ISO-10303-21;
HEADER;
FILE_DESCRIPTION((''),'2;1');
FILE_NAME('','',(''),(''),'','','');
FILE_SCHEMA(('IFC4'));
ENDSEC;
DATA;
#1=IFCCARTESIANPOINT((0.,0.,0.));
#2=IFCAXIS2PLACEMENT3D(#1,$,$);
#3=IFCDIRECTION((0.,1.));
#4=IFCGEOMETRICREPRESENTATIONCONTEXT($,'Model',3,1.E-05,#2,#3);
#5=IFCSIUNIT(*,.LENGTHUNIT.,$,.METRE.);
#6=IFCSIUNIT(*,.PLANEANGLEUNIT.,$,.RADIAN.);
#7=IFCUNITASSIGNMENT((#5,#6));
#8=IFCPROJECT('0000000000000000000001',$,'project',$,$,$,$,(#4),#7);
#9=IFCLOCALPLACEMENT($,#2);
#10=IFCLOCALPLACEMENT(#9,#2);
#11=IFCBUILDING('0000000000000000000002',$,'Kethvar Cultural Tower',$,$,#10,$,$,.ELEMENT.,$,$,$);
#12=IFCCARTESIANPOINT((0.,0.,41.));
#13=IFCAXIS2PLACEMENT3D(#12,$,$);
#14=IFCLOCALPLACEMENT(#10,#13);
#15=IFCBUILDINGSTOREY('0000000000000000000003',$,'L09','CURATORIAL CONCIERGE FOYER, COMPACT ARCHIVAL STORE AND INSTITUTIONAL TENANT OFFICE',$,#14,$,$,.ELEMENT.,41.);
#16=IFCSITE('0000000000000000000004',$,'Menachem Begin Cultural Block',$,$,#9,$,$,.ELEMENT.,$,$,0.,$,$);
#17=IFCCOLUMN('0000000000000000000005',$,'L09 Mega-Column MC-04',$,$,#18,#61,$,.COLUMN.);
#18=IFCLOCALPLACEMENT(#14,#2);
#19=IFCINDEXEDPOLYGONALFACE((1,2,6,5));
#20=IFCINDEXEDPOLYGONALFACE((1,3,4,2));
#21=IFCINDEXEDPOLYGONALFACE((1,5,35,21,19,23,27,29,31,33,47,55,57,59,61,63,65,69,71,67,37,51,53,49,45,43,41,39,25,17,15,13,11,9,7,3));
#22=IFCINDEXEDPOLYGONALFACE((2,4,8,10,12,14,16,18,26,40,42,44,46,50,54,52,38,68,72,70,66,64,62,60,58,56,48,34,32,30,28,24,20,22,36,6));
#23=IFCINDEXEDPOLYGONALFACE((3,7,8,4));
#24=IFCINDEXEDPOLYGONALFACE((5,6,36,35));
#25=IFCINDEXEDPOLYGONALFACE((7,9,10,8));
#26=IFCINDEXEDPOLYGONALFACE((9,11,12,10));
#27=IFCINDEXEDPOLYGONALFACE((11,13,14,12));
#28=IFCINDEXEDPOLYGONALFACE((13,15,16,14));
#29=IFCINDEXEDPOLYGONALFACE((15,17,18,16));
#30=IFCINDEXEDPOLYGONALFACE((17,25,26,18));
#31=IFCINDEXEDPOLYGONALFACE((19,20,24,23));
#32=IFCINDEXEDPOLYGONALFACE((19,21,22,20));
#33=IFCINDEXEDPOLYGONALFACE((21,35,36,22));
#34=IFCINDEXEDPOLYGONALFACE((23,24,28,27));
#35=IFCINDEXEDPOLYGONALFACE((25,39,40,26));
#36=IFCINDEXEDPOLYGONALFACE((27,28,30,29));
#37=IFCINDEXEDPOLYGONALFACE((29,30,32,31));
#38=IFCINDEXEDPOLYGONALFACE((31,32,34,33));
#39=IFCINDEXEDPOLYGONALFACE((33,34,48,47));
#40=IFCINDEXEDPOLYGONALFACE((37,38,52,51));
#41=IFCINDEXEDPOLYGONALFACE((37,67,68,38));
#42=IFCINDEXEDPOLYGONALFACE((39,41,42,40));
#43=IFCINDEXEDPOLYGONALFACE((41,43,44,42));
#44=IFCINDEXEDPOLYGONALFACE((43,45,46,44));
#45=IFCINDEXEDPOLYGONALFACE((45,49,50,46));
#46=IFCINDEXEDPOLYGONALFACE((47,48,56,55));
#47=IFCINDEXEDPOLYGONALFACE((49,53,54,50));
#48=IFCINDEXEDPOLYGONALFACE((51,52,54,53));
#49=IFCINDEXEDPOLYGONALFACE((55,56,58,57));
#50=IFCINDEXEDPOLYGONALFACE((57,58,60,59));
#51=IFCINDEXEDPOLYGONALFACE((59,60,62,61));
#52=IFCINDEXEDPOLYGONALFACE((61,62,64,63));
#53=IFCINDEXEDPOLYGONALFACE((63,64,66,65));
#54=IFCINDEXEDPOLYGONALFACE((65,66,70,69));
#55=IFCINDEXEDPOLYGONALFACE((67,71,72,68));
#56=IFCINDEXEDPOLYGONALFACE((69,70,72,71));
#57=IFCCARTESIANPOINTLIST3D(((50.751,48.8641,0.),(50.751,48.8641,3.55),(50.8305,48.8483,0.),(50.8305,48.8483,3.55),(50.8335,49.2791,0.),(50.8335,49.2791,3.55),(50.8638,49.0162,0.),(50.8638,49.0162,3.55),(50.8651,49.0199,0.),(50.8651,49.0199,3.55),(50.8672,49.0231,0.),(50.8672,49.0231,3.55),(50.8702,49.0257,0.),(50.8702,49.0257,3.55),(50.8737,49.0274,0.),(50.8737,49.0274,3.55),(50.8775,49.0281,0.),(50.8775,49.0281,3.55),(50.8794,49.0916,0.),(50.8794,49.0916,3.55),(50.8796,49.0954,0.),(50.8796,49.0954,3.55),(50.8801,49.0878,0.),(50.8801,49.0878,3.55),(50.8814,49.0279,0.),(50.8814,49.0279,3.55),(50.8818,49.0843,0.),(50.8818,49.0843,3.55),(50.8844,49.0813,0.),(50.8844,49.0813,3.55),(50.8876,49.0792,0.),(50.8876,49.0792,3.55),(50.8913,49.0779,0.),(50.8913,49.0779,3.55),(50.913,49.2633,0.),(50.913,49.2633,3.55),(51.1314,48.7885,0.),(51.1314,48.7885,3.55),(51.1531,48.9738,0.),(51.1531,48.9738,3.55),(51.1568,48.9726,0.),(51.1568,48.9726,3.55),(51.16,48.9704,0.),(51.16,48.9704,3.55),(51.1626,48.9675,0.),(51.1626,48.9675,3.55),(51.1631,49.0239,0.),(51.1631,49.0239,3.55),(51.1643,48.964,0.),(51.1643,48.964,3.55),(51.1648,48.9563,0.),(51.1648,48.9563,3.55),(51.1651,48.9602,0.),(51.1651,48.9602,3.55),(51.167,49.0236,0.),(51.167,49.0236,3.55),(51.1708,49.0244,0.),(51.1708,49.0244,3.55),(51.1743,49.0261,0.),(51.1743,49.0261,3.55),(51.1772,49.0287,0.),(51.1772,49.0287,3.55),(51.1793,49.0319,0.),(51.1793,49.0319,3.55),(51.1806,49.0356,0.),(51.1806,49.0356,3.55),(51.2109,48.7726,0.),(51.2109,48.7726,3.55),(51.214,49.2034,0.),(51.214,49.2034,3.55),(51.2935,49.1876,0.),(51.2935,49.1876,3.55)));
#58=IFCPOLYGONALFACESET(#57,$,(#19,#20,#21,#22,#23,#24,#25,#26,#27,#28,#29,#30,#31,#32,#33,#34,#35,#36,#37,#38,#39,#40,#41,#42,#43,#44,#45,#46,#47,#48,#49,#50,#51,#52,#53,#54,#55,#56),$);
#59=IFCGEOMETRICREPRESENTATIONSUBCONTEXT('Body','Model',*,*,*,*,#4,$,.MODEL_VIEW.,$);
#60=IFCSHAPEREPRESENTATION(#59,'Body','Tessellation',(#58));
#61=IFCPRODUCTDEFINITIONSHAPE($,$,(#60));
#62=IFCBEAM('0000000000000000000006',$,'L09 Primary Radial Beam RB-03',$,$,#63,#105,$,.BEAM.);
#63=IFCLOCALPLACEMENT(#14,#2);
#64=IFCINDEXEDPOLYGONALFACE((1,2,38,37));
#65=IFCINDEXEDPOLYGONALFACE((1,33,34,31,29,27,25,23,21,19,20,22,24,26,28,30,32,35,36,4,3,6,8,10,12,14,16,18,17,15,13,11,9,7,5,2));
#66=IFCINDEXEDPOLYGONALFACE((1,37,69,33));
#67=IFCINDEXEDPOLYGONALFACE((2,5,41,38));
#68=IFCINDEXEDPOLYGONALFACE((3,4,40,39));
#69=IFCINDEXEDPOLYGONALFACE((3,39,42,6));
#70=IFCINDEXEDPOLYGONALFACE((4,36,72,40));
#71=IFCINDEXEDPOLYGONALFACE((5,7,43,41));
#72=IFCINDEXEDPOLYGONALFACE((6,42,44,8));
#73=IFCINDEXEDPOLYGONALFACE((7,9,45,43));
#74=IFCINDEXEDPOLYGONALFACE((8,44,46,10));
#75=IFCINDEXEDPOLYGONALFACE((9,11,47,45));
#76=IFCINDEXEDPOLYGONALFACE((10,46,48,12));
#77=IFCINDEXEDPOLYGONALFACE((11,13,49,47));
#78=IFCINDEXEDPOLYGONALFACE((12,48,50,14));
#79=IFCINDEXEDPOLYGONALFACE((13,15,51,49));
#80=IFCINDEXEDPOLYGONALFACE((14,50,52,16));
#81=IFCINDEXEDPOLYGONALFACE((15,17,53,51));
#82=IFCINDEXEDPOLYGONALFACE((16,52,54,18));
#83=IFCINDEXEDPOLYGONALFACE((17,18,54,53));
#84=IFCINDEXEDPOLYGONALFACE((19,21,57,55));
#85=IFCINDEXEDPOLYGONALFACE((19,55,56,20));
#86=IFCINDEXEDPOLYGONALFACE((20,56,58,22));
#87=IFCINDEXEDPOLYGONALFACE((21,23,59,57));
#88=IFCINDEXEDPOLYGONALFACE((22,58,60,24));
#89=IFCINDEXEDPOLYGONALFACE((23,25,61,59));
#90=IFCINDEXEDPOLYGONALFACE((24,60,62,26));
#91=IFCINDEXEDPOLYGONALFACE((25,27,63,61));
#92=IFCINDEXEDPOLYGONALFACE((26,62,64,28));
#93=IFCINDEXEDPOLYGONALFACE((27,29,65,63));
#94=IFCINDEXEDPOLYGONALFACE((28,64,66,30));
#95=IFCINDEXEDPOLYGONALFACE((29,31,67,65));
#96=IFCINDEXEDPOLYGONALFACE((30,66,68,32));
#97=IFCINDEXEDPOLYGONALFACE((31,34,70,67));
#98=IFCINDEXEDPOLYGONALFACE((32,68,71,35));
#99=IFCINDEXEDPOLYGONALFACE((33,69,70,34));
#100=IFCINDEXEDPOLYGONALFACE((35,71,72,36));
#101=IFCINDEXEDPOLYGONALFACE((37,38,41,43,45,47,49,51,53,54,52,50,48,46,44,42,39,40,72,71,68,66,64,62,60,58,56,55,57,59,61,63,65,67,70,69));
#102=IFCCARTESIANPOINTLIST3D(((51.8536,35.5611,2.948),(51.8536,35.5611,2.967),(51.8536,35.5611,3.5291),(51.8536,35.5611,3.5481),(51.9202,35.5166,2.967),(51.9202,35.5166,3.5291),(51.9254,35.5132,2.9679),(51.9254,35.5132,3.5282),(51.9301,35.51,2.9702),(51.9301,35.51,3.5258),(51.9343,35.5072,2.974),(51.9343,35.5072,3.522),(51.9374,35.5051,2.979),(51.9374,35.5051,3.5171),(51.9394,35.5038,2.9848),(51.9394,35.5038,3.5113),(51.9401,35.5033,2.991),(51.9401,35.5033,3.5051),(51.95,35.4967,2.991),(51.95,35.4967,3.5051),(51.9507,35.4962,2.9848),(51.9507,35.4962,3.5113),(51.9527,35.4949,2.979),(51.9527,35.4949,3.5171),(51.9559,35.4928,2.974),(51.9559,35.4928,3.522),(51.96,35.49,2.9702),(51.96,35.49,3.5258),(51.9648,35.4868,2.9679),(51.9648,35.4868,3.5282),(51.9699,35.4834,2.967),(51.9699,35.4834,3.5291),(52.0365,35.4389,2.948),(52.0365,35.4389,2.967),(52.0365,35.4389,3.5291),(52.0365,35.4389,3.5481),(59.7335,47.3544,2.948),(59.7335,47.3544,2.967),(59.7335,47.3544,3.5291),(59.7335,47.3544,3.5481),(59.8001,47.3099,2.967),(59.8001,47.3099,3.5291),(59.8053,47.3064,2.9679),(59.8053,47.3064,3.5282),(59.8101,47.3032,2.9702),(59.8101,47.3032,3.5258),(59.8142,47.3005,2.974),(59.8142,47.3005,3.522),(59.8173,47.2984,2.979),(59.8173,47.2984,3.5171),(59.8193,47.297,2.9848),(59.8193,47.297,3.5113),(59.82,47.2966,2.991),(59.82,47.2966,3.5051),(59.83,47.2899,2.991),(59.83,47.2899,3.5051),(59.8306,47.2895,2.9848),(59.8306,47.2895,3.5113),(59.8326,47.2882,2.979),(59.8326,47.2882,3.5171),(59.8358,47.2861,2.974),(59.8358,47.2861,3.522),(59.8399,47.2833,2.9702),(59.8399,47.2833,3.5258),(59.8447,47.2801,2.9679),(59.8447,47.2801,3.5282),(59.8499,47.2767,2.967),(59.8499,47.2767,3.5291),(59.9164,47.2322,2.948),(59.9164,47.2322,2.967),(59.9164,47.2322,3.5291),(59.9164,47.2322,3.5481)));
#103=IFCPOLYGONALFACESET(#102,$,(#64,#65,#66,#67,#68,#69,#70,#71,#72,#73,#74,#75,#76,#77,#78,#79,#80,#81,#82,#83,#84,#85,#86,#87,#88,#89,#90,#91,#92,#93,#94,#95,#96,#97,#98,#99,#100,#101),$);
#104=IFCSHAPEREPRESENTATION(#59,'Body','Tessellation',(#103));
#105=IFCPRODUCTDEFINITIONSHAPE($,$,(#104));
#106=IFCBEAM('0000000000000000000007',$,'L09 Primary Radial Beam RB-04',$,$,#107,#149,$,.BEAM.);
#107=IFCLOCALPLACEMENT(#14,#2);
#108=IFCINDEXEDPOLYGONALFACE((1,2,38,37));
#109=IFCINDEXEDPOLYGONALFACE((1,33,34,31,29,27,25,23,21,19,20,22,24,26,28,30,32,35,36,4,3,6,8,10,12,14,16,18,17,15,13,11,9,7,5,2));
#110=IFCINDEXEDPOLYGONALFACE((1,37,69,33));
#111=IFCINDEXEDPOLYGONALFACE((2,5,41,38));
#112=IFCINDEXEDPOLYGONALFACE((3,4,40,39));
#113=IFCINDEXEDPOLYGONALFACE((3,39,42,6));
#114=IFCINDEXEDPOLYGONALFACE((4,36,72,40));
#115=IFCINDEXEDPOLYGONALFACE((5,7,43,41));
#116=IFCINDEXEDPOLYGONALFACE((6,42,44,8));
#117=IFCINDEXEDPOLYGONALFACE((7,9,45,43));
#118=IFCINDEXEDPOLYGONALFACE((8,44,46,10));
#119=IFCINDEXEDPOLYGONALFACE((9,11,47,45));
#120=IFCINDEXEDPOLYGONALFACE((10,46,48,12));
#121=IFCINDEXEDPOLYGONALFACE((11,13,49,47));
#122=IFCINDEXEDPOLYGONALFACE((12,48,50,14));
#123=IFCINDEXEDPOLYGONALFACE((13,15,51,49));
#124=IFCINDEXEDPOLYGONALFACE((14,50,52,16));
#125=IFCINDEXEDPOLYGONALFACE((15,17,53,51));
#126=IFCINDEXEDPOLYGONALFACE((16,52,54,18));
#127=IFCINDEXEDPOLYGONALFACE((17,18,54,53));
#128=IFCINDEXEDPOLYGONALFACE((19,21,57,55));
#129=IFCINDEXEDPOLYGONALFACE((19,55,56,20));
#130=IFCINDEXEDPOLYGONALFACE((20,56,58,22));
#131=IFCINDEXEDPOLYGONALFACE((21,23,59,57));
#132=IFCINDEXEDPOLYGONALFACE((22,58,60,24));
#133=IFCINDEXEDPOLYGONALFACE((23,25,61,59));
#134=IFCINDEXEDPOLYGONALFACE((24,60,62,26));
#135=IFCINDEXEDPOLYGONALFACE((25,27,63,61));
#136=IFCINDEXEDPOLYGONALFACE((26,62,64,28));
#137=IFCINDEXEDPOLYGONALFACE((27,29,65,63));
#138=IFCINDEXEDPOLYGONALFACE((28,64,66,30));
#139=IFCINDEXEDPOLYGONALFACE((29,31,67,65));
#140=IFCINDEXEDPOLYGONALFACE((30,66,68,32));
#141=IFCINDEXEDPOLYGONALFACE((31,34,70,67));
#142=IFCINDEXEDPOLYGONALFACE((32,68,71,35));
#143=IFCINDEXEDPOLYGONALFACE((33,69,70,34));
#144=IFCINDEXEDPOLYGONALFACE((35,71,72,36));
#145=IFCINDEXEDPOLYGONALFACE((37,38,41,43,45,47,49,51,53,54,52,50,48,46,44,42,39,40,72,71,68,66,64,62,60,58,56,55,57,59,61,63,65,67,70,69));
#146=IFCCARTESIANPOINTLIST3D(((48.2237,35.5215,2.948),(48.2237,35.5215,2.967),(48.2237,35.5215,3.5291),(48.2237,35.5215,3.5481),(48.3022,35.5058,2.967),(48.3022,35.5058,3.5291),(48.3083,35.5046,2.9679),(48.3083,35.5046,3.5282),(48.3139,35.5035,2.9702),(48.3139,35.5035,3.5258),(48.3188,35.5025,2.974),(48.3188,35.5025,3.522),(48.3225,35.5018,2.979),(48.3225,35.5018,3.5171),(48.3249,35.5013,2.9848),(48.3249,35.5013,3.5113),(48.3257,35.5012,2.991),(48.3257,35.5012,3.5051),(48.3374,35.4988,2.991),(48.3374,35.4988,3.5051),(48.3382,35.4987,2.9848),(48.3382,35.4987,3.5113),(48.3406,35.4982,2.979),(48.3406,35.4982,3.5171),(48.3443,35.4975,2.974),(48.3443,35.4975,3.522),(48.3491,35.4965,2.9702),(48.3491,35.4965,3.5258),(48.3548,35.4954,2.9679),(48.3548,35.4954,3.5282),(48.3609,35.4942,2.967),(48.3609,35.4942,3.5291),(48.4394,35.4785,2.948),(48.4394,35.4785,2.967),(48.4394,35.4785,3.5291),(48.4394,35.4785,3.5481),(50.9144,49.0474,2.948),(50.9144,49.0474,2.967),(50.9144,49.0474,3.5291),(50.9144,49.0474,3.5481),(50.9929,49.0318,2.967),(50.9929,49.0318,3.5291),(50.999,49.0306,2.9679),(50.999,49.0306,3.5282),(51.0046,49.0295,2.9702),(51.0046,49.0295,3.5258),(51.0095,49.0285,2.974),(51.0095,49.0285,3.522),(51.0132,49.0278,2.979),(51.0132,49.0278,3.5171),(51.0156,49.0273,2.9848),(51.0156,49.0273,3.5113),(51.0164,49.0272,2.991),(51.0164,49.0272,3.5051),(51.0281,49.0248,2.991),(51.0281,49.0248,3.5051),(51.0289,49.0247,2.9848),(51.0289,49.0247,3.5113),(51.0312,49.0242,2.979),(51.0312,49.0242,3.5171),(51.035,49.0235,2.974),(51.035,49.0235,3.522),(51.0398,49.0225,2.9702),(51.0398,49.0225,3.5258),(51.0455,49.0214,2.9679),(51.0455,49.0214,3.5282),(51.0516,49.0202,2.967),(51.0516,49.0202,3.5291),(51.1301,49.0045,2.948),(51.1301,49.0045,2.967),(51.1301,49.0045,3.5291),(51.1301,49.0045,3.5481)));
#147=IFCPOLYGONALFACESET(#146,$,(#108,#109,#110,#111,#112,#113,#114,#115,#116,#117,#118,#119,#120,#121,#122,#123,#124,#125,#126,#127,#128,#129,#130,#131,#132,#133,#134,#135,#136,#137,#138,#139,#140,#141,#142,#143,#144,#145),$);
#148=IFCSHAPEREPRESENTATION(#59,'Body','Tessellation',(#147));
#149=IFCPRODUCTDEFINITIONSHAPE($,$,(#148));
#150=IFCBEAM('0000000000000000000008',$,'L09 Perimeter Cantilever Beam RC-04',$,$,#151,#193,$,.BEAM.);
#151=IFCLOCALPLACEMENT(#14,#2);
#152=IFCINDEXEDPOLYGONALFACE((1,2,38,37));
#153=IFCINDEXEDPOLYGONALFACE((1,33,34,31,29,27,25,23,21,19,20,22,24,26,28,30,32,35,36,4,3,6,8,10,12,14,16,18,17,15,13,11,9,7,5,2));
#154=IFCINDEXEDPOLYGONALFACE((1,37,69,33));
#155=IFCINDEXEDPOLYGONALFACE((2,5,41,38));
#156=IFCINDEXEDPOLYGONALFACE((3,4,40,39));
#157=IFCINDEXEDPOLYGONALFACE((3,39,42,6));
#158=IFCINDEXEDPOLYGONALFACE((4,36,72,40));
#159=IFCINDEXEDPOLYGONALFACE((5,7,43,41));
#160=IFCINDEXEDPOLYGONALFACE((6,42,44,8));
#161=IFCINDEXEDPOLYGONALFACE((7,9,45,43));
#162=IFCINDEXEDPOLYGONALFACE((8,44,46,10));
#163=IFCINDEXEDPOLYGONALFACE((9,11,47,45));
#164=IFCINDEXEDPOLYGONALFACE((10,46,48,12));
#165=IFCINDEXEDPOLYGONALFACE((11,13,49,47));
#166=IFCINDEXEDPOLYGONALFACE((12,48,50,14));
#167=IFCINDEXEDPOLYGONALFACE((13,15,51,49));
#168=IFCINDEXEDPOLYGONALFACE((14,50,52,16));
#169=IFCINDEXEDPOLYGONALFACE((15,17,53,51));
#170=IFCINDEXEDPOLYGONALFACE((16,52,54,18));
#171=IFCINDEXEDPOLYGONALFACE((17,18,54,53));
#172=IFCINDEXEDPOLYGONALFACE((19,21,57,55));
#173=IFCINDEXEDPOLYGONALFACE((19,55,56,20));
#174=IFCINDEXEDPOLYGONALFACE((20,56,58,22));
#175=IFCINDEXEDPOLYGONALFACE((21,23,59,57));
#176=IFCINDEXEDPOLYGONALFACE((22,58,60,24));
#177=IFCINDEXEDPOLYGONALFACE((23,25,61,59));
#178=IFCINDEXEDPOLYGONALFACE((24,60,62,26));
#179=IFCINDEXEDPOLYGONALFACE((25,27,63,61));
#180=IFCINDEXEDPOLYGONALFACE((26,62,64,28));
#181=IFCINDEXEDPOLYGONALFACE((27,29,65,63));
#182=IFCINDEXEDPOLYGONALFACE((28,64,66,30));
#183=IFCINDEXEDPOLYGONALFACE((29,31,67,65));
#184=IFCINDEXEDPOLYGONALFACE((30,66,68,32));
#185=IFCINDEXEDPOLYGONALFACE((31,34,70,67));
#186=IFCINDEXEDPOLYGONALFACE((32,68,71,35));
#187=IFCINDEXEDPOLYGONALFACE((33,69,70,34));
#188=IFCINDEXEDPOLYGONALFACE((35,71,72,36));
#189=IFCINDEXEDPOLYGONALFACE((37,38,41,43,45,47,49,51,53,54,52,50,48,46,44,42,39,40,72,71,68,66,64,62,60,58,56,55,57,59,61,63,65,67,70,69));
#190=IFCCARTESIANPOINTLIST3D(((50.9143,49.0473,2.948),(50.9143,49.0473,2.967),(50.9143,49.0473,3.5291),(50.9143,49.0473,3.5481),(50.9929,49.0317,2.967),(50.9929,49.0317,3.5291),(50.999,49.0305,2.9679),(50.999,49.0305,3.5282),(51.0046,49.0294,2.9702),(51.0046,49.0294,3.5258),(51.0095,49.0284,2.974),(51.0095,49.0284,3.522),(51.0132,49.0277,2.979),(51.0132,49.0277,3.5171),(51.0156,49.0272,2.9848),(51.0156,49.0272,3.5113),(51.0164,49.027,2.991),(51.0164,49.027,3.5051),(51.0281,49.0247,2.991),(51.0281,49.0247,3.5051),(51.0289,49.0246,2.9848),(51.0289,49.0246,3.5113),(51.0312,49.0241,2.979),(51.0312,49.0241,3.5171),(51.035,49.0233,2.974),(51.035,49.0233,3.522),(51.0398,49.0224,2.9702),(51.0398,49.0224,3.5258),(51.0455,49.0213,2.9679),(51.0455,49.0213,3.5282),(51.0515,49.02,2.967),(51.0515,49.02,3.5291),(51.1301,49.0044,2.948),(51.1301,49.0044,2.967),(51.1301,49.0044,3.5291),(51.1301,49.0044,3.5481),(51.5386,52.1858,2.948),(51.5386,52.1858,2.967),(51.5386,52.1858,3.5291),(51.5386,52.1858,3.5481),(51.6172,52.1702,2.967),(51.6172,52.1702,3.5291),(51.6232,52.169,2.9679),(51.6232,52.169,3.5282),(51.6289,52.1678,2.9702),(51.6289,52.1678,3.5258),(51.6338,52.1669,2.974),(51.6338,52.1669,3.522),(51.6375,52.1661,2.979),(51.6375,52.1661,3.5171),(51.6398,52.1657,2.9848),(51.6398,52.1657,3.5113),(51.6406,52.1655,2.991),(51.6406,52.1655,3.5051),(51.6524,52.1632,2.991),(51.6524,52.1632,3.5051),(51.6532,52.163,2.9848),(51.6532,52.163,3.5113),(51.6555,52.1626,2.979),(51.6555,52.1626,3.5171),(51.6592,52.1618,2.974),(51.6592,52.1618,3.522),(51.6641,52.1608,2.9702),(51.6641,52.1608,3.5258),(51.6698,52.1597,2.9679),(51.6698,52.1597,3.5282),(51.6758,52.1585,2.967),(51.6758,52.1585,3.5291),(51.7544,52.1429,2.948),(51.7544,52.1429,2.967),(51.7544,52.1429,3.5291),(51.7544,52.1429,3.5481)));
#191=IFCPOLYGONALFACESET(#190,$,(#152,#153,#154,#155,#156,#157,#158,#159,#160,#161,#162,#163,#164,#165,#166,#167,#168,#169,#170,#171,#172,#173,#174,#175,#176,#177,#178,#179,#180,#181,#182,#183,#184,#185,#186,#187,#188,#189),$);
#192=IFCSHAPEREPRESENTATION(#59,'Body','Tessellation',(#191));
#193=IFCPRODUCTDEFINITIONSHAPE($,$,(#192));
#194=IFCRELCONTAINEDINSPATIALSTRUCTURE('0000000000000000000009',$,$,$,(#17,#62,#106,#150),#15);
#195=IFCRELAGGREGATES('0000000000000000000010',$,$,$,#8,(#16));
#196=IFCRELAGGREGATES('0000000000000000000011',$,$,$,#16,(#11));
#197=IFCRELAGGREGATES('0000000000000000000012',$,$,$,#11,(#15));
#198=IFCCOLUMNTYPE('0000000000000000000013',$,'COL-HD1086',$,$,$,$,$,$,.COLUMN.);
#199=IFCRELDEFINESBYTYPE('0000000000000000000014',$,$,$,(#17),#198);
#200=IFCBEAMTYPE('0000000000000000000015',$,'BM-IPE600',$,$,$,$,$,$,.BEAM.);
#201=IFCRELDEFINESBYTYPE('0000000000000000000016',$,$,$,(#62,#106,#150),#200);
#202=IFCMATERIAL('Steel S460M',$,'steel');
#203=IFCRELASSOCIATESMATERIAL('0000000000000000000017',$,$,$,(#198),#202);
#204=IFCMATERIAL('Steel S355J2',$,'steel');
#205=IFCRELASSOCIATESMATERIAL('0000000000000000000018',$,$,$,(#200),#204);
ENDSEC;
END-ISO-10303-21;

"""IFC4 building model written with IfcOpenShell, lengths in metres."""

from ifc_helpers import new_model, si_unit, direction, frame, origin, origin_2d, place, context, subcontext, project, spatial, i_section, extrude, source, transform, mapped, material, material_profile, profile_set, type_object, element, save


model = new_model("IFC4")

# Units and contexts
model_context = context("Model", 3, precision=1e-05, world=origin(), true_north=direction((0.0, 1.0)))
body_context = subcontext(model_context, "Body", "Model", "MODEL_VIEW")
ifc_project = project(units=[si_unit("LENGTHUNIT", "METRE"), si_unit("PLANEANGLEUNIT", "RADIAN")], contexts=[model_context])

# Site, building, storey
site_placement = place(None, origin())
site = spatial("IfcSite", under=ifc_project, at=site_placement, Name="Menachem Begin Cultural Block", CompositionType="ELEMENT", RefElevation=0.0)
building_placement = place(site_placement, origin())
building = spatial("IfcBuilding", under=site, at=building_placement, Name="Kethvar Cultural Tower", CompositionType="ELEMENT")
storey_placement = place(building_placement, frame((0.0, 0.0, 41.0)))
storey = spatial("IfcBuildingStorey", under=building, at=storey_placement, Name="L09", Description="CURATORIAL CONCIERGE FOYER, COMPACT ARCHIVAL STORE AND INSTITUTIONAL TENANT OFFICE", CompositionType="ELEMENT", Elevation=41.0)

# Column
ifc_material_1 = material(Name="Steel S460M", Category="steel")
ifc_material_profile_1 = material_profile(ifc_material_1, i_section(OverallWidth=0.4231, OverallDepth=0.469, WebThickness=0.051, FlangeThickness=0.0811, FilletRadius=0.0149, at=origin_2d()), Name="Steel S460M — HD400x1086")
ifc_profile_set_1 = profile_set([ifc_material_profile_1], Name="Steel S460M — HD400x1086")
column_type = type_object("IfcColumnType", Name="COL-HD1086", PredefinedType="COLUMN", material=ifc_profile_set_1)
shared_shape_1 = source(origin(), body_context, "Body", "SweptSolid", [
    extrude(i_section(OverallWidth=0.4231, OverallDepth=0.469, WebThickness=0.051, FlangeThickness=0.0811, FilletRadius=0.0149, at=origin_2d()), origin(), (0.0, 0.0, 1.0), 3.55),
])
column_placement = place(storey_placement, frame((51.0222, 49.0259, 0.0), z_axis=(0.0, 0.0, 1.0), x_axis=(0.19509, 0.980785, 0.0)))
element("IfcColumn", 1, at=column_placement, inside=storey, type_object=column_type, Name="L09 Mega-Column MC-04", PredefinedType="COLUMN", context=body_context, shape_type="MappedRepresentation", body=[
    mapped(shared_shape_1, transform((0.0, 0.0, 0.0), scale=1.0)),
])

# Beams
ifc_material_2 = material(Name="Steel S355J2", Category="steel")
ifc_material_profile_2 = material_profile(ifc_material_2, i_section(OverallWidth=0.22, OverallDepth=0.6001, WebThickness=0.012, FlangeThickness=0.019, FilletRadius=0.0239, at=origin_2d()), Name="Steel S355J2 — IPE600")
ifc_profile_set_2 = profile_set([ifc_material_profile_2], Name="Steel S355J2 — IPE600")
beam_type_1 = type_object("IfcBeamType", Name="BM-IPE600", PredefinedType="BEAM", material=ifc_profile_set_2)
shared_shape_2 = source(origin(), body_context, "Body", "SweptSolid", [
    extrude(i_section(OverallWidth=0.22, OverallDepth=0.6001, WebThickness=0.012, FlangeThickness=0.019, FilletRadius=0.0239, at=origin_2d()), origin(), (0.0, 0.0, 1.0), 14.1836),
])
beam_1_placement = place(storey_placement, frame((51.9451, 35.5, 3.248), z_axis=(0.555566, 0.831473, 0.0), x_axis=(-0.831473, 0.555566, 0.0)))
element("IfcBeam", 2, at=beam_1_placement, inside=storey, type_object=beam_type_1, Name="L09 Primary Radial Beam RB-03", PredefinedType="BEAM", context=body_context, shape_type="MappedRepresentation", body=[
    mapped(shared_shape_2, transform((0.0, 0.0, 0.0), scale=1.0)),
])
shared_shape_3 = source(origin(), body_context, "Body", "SweptSolid", [
    extrude(i_section(OverallWidth=0.22, OverallDepth=0.6001, WebThickness=0.012, FlangeThickness=0.019, FilletRadius=0.0239, at=origin_2d()), origin(), (0.0, 0.0, 1.0), 13.791),
])
beam_2_placement = place(storey_placement, frame((48.3315, 35.5, 3.248), z_axis=(0.195105, 0.980782, 0.0), x_axis=(-0.980782, 0.195105, 0.0)))
element("IfcBeam", 3, at=beam_2_placement, inside=storey, type_object=beam_type_1, Name="L09 Primary Radial Beam RB-04", PredefinedType="BEAM", context=body_context, shape_type="MappedRepresentation", body=[
    mapped(shared_shape_3, transform((0.0, 0.0, 0.0), scale=1.0)),
])
shared_shape_4 = source(origin(), body_context, "Body", "SweptSolid", [
    extrude(i_section(OverallWidth=0.22, OverallDepth=0.6001, WebThickness=0.012, FlangeThickness=0.019, FilletRadius=0.0239, at=origin_2d()), origin(), (0.0, 0.0, 1.0), 3.2),
])
beam_3_placement = place(storey_placement, frame((51.0222, 49.0259, 3.248), z_axis=(0.195089, 0.980786, 0.0), x_axis=(-0.980786, 0.195089, 0.0)))
element("IfcBeam", 4, at=beam_3_placement, inside=storey, type_object=beam_type_1, Name="L09 Perimeter Cantilever Beam RC-04", PredefinedType="BEAM", context=body_context, shape_type="MappedRepresentation", body=[
    mapped(shared_shape_4, transform((0.0, 0.0, 0.0), scale=1.0)),
])

save(model, "model.ifc")
